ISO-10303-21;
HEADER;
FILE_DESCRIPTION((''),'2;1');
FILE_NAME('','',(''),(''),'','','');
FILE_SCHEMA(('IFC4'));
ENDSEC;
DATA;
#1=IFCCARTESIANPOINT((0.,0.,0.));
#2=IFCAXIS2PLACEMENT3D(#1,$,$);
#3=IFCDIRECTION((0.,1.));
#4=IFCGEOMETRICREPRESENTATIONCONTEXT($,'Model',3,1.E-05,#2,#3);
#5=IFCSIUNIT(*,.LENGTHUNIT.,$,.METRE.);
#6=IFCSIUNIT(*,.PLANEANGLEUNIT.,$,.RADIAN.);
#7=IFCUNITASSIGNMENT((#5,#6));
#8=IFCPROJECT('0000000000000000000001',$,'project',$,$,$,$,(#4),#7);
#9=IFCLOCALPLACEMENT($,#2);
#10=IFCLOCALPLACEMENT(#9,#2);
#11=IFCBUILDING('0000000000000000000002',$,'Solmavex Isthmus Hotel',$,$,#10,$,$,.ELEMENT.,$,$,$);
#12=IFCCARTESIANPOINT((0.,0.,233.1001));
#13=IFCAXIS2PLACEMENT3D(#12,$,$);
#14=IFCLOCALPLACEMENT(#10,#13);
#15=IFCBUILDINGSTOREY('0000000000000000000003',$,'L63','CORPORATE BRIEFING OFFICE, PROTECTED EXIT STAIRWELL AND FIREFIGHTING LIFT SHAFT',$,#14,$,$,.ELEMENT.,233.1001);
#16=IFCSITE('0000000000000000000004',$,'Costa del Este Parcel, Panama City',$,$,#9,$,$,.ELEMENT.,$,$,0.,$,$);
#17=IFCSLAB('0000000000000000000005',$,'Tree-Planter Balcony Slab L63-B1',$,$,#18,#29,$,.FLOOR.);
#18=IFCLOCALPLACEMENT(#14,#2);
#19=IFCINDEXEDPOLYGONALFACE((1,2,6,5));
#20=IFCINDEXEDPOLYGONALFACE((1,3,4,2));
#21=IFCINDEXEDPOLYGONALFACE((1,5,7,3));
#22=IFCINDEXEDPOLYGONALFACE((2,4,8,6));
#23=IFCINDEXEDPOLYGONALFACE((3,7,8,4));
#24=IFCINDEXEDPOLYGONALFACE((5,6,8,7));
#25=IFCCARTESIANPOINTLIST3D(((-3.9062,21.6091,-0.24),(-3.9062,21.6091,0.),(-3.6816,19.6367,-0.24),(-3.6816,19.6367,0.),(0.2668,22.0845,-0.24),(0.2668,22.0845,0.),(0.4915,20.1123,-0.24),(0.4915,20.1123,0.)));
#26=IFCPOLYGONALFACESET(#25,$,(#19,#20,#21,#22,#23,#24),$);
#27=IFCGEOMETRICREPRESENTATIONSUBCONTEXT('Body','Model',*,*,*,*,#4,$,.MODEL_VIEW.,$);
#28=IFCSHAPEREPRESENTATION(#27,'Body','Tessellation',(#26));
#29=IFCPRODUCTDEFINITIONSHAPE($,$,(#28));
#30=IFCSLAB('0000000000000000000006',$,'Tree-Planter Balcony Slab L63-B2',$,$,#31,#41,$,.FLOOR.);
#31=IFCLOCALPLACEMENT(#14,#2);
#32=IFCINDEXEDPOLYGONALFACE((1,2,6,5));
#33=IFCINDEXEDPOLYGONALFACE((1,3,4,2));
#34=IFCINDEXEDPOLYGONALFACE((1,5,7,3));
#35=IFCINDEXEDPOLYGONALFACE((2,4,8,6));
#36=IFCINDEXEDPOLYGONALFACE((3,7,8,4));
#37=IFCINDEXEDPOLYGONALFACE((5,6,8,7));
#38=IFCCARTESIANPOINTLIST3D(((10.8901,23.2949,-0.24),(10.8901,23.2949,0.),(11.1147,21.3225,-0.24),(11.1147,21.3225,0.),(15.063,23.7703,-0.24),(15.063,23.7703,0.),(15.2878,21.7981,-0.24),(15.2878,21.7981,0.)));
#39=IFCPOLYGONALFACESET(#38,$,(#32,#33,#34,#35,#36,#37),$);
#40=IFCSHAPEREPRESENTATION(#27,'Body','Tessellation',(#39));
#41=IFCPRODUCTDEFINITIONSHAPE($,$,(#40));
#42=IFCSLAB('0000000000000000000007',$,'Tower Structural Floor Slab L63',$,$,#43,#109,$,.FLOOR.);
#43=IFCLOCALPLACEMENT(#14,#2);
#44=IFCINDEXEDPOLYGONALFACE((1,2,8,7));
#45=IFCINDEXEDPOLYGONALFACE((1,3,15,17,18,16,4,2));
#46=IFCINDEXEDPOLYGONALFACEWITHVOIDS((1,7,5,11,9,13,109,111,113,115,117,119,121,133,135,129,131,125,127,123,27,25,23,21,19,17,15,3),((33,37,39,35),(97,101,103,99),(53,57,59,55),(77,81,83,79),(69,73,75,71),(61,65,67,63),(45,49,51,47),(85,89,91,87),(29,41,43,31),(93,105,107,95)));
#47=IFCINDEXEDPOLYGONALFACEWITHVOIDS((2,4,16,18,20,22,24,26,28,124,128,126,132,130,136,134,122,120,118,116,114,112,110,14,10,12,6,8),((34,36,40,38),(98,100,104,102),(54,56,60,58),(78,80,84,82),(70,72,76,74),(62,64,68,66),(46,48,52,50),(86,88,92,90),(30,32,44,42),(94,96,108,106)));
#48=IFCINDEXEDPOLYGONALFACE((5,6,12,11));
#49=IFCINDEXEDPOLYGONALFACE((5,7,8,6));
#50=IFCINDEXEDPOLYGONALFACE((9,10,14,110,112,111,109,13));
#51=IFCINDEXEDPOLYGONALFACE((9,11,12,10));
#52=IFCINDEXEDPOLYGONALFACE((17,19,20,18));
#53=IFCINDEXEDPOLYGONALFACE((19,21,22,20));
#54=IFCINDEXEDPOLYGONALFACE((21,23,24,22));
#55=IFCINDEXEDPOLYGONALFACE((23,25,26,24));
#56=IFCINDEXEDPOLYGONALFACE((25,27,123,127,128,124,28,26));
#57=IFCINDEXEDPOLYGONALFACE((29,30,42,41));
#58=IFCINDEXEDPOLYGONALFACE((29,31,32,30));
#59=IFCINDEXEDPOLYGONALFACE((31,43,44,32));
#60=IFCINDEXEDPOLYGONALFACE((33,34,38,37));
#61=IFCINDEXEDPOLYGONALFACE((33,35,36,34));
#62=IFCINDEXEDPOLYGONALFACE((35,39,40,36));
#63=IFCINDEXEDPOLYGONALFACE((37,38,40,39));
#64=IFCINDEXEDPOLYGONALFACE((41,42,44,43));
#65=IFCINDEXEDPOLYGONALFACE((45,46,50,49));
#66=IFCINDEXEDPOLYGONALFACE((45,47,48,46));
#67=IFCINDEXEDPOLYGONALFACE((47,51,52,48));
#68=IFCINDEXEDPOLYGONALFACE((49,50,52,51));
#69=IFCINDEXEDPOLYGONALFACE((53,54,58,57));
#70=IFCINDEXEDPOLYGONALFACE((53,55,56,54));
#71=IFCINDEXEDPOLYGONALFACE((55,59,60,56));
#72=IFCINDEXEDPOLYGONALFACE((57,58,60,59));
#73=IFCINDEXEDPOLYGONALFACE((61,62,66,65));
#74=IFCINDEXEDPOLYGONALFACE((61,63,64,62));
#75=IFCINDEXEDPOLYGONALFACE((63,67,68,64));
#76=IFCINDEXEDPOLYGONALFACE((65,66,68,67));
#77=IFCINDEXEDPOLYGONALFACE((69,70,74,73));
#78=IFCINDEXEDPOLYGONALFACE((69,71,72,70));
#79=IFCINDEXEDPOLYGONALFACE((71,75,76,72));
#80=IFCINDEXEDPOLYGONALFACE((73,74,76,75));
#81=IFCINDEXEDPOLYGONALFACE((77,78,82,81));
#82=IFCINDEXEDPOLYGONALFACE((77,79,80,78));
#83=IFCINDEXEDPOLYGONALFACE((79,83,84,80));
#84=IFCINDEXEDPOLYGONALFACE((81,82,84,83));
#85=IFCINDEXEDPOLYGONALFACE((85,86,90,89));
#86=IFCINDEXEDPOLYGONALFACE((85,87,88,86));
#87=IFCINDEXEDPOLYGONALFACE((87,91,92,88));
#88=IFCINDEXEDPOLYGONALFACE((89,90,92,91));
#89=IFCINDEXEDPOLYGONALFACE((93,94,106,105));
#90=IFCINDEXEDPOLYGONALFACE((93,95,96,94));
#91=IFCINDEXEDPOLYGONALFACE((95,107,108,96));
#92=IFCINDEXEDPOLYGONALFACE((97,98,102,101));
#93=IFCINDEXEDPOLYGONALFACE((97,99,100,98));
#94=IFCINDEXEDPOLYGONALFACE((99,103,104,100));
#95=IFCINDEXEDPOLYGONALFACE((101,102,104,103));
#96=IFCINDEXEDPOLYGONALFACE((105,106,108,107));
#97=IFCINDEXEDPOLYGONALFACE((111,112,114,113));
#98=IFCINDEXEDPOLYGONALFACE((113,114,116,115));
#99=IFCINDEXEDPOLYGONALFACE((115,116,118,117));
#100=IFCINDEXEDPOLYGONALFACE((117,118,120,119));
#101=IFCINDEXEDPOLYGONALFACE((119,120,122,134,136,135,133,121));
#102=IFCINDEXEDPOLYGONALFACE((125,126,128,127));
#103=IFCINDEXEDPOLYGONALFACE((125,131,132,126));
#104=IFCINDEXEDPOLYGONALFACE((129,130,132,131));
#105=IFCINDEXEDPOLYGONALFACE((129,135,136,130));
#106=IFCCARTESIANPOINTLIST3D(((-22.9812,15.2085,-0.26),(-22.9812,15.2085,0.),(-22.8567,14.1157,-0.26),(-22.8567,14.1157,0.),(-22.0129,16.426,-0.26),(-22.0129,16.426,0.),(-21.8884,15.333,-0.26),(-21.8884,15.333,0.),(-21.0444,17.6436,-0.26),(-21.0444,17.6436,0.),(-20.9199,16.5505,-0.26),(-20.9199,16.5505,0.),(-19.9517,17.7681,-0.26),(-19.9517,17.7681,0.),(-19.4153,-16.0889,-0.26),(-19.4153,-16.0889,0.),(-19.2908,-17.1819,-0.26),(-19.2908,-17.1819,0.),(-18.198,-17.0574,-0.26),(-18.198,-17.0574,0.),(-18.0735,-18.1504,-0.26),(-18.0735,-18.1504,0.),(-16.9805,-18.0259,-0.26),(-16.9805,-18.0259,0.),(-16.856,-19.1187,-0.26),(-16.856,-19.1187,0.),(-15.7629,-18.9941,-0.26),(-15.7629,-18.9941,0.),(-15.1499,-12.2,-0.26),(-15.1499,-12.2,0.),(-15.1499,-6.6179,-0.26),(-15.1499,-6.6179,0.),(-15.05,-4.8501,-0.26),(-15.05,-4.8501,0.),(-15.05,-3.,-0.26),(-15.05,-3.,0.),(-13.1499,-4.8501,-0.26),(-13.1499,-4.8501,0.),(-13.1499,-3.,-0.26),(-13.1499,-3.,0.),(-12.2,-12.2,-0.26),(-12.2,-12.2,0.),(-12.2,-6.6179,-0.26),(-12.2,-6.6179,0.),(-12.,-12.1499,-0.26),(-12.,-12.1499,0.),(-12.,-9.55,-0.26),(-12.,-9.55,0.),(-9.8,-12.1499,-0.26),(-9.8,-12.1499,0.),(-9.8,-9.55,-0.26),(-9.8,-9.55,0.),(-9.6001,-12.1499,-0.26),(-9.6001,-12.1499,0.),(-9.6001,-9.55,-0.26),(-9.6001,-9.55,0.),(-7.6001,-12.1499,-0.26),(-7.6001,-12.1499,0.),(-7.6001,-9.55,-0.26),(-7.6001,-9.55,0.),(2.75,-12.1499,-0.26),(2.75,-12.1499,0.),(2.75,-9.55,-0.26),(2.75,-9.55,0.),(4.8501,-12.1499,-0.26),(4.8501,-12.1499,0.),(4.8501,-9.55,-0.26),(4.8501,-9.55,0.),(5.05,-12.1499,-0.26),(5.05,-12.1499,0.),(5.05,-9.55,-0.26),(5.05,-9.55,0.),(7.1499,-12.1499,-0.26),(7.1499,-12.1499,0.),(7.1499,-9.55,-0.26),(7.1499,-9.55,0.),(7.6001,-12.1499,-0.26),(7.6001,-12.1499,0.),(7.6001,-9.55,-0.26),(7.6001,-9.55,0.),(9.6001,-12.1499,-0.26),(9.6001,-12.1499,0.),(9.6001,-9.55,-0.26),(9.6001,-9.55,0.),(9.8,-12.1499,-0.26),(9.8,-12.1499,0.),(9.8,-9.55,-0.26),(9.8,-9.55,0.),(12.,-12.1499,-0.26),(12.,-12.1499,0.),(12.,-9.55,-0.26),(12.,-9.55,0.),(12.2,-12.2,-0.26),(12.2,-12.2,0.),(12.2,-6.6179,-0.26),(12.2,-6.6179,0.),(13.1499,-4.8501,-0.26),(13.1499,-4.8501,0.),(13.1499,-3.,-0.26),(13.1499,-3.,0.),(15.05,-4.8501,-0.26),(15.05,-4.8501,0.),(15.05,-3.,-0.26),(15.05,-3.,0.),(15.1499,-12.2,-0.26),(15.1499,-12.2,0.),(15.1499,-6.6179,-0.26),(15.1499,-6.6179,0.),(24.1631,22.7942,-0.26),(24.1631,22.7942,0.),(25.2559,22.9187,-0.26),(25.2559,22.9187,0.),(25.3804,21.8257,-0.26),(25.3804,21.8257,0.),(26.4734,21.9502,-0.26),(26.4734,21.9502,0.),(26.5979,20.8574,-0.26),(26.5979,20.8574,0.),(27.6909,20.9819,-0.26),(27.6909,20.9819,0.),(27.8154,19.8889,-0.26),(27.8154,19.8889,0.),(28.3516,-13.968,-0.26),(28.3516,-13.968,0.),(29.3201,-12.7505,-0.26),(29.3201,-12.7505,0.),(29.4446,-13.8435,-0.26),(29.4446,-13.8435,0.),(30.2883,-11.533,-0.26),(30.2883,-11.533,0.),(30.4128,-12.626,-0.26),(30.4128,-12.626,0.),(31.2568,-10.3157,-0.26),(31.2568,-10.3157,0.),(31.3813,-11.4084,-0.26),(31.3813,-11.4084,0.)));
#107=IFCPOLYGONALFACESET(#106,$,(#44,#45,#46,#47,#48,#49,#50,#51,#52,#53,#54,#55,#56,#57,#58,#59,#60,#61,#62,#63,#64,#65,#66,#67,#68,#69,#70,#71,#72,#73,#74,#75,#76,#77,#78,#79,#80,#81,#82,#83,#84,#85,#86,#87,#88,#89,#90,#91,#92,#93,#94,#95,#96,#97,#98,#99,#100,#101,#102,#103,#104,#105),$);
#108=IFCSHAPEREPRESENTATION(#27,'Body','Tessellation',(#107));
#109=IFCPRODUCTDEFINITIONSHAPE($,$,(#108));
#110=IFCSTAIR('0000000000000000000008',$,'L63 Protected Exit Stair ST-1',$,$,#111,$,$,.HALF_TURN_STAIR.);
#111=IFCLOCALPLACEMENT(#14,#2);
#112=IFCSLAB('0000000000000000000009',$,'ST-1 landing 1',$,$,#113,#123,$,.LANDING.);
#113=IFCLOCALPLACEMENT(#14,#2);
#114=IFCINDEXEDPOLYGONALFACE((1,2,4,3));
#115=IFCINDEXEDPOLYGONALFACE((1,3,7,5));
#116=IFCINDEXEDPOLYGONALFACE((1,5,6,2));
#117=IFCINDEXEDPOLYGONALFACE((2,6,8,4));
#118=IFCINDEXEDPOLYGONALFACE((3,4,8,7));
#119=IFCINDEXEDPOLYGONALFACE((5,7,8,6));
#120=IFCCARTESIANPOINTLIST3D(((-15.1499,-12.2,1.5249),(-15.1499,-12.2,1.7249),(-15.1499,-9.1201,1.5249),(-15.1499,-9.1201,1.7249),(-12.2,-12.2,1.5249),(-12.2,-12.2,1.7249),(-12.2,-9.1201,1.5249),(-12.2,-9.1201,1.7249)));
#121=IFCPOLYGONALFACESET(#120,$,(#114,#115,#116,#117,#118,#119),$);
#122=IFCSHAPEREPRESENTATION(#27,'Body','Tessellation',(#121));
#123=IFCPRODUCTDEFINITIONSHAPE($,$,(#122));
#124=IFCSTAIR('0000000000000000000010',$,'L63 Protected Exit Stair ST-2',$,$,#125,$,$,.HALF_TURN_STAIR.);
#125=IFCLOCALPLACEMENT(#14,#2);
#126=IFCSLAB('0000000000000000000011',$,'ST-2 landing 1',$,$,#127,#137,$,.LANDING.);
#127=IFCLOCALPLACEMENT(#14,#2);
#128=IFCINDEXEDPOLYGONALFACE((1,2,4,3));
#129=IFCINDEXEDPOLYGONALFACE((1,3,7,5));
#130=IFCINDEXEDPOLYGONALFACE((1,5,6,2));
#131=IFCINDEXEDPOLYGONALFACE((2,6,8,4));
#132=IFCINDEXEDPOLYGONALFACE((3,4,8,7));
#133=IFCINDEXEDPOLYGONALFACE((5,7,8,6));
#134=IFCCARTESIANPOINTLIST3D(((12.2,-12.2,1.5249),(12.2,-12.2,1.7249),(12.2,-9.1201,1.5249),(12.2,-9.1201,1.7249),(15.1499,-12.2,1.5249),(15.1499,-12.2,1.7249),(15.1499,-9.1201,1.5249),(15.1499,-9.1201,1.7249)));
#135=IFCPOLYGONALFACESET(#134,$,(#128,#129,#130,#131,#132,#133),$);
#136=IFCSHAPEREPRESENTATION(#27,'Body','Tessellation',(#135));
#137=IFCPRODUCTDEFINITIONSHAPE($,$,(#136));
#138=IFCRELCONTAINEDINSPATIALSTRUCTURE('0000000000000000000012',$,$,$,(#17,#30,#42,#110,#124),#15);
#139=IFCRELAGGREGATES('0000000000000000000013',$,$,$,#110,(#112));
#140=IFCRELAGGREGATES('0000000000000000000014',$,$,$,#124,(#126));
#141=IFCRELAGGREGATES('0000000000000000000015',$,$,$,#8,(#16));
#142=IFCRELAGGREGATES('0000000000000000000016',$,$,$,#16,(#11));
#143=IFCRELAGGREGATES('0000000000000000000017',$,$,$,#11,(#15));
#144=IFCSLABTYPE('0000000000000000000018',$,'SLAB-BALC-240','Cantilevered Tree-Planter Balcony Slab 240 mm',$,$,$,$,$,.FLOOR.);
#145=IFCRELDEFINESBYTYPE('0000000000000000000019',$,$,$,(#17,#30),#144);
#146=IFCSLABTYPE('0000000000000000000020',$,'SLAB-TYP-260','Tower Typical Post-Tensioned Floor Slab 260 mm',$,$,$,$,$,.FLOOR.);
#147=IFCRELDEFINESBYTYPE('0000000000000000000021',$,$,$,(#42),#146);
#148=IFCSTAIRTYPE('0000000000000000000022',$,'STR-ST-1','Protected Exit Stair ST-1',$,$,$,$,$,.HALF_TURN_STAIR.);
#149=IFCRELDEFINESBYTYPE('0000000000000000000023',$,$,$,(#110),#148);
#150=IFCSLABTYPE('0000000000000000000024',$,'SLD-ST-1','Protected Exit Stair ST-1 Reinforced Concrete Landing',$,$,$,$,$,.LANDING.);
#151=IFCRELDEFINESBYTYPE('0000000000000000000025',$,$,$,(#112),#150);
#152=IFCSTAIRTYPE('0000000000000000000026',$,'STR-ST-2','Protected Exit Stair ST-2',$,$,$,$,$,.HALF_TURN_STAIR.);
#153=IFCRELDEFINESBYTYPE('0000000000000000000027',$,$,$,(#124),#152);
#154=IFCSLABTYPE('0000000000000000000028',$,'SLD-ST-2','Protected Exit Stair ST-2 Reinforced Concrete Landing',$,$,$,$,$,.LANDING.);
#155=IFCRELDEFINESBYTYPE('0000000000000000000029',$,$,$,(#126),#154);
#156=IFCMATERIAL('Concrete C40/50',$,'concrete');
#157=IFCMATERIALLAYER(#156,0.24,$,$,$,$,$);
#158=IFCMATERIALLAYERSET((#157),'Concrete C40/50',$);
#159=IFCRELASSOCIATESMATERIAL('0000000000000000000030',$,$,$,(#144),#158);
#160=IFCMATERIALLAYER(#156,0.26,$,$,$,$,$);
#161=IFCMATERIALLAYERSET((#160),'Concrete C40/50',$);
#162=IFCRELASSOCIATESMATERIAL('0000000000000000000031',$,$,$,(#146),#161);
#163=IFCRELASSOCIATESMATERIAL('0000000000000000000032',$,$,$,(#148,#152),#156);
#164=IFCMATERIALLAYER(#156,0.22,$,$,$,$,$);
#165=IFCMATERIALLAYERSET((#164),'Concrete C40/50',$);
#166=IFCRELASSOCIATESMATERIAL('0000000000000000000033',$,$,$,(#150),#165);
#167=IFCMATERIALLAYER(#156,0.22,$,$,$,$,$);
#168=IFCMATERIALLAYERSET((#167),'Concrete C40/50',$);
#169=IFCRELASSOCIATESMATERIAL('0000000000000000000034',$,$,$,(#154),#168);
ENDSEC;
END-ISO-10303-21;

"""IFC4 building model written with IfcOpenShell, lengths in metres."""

from ifc_helpers import new_model, si_unit, direction, frame, origin, place, context, subcontext, project, spatial, polyline, outline, extrude, material, layer, layer_set, type_object, element, aggregate, save


model = new_model("IFC4")

# Units and contexts
model_context = context("Model", 3, precision=1e-05, world=origin(), true_north=direction((0.0, 1.0)))
body_context = subcontext(model_context, "Body", "Model", "MODEL_VIEW")
ifc_project = project(units=[si_unit("LENGTHUNIT", "METRE"), si_unit("PLANEANGLEUNIT", "RADIAN")], contexts=[model_context])

# Site, building, storey
site_placement = place(None, origin())
site = spatial("IfcSite", under=ifc_project, at=site_placement, Name="Costa del Este Parcel, Panama City", CompositionType="ELEMENT", RefElevation=0.0)
building_placement = place(site_placement, origin())
building = spatial("IfcBuilding", under=site, at=building_placement, Name="Solmavex Isthmus Hotel", CompositionType="ELEMENT")
storey_placement = place(building_placement, frame((0.0, 0.0, 233.1001)))
storey = spatial("IfcBuildingStorey", under=building, at=storey_placement, Name="L63", Description="CORPORATE BRIEFING OFFICE, PROTECTED EXIT STAIRWELL AND FIREFIGHTING LIFT SHAFT", CompositionType="ELEMENT", Elevation=233.1001)

# Slabs
ifc_material_1 = material(Name="Concrete C40/50", Category="concrete")
ifc_layer_1 = layer(ifc_material_1, 0.24)
ifc_layer_set_1 = layer_set([ifc_layer_1], Name="Concrete C40/50")
slab_type_1 = type_object("IfcSlabType", Name="SLAB-BALC-240", Description="Cantilevered Tree-Planter Balcony Slab 240 mm", PredefinedType="FLOOR", material=ifc_layer_set_1)
slab_1_placement = place(storey_placement, frame((0.0, 0.0, -0.24)))
element("IfcSlab", 1, at=slab_1_placement, inside=storey, type_object=slab_type_1, Name="Tree-Planter Balcony Slab L63-B1", PredefinedType="FLOOR", context=body_context, shape_type="SweptSolid", body=[
    extrude(outline(polyline([(-3.6816, 19.6367), (0.4915, 20.1123), (0.2668, 22.0845), (-3.9062, 21.6091), (-3.6816, 19.6367)])), origin(), (0.0, 0.0, 1.0), 0.24),
])
slab_2_placement = place(storey_placement, frame((0.0, 0.0, -0.24)))
element("IfcSlab", 2, at=slab_2_placement, inside=storey, type_object=slab_type_1, Name="Tree-Planter Balcony Slab L63-B2", PredefinedType="FLOOR", context=body_context, shape_type="SweptSolid", body=[
    extrude(outline(polyline([(11.1147, 21.3225), (15.2878, 21.7981), (15.063, 23.7703), (10.8901, 23.2949), (11.1147, 21.3225)])), origin(), (0.0, 0.0, 1.0), 0.24),
])
ifc_layer_2 = layer(ifc_material_1, 0.26)
ifc_layer_set_2 = layer_set([ifc_layer_2], Name="Concrete C40/50")
slab_type_2 = type_object("IfcSlabType", Name="SLAB-TYP-260", Description="Tower Typical Post-Tensioned Floor Slab 260 mm", PredefinedType="FLOOR", material=ifc_layer_set_2)
slab_3_placement = place(storey_placement, frame((0.0, 0.0, -0.26)))
element("IfcSlab", 3, at=slab_3_placement, inside=storey, type_object=slab_type_2, Name="Tower Structural Floor Slab L63", PredefinedType="FLOOR", context=body_context, shape_type="SweptSolid", body=[
    extrude(outline(polyline([(-15.7629, -18.9941), (28.3516, -13.968), (29.4446, -13.8435), (29.3201, -12.7505), (30.4128, -12.626), (30.2883, -11.533), (31.3813, -11.4084), (31.2568, -10.3157), (27.8154, 19.8889), (27.6909, 20.9819), (26.5979, 20.8574), (26.4734, 21.9502), (25.3804, 21.8257), (25.2559, 22.9187), (24.1631, 22.7942), (-19.9517, 17.7681), (-21.0444, 17.6436), (-20.9199, 16.5505), (-22.0129, 16.426), (-21.8884, 15.333), (-22.9812, 15.2085), (-22.8567, 14.1157), (-19.4153, -16.0889), (-19.2908, -17.1819), (-18.198, -17.0574), (-18.0735, -18.1504), (-16.9805, -18.0259), (-16.856, -19.1187), (-15.7629, -18.9941)]), holes=[polyline([(-15.1499, -6.6179), (-15.1499, -12.2), (-12.2, -12.2), (-12.2, -6.6179), (-15.1499, -6.6179)]), polyline([(12.2, -6.6179), (12.2, -12.2), (15.1499, -12.2), (15.1499, -6.6179), (12.2, -6.6179)]), polyline([(-12.0, -12.1499), (-9.8, -12.1499), (-9.8, -9.55), (-12.0, -9.55), (-12.0, -12.1499)]), polyline([(9.8, -12.1499), (12.0, -12.1499), (12.0, -9.55), (9.8, -9.55), (9.8, -12.1499)]), polyline([(-9.6001, -12.1499), (-7.6001, -12.1499), (-7.6001, -9.55), (-9.6001, -9.55), (-9.6001, -12.1499)]), polyline([(7.6001, -12.1499), (9.6001, -12.1499), (9.6001, -9.55), (7.6001, -9.55), (7.6001, -12.1499)]), polyline([(2.75, -12.1499), (4.8501, -12.1499), (4.8501, -9.55), (2.75, -9.55), (2.75, -12.1499)]), polyline([(5.05, -12.1499), (7.1499, -12.1499), (7.1499, -9.55), (5.05, -9.55), (5.05, -12.1499)]), polyline([(-15.05, -4.8501), (-13.1499, -4.8501), (-13.1499, -3.0), (-15.05, -3.0), (-15.05, -4.8501)]), polyline([(13.1499, -4.8501), (15.05, -4.8501), (15.05, -3.0), (13.1499, -3.0), (13.1499, -4.8501)])]), origin(), (0.0, 0.0, 1.0), 0.26),
])

# Stairs, slabs
stair_type_1 = type_object("IfcStairType", Name="STR-ST-1", Description="Protected Exit Stair ST-1", PredefinedType="HALF_TURN_STAIR", material=ifc_material_1)
stair_1_placement = place(storey_placement, origin())
stair_1 = element("IfcStair", 4, at=stair_1_placement, inside=storey, type_object=stair_type_1, Name="L63 Protected Exit Stair ST-1", PredefinedType="HALF_TURN_STAIR")
ifc_layer_3 = layer(ifc_material_1, 0.22)
ifc_layer_set_3 = layer_set([ifc_layer_3], Name="Concrete C40/50")
slab_type_3 = type_object("IfcSlabType", Name="SLD-ST-1", Description="Protected Exit Stair ST-1 Reinforced Concrete Landing", PredefinedType="LANDING", material=ifc_layer_set_3)
slab_4_placement = place(storey_placement, frame((0.0, 0.0, 1.5249)))
slab_4 = element("IfcSlab", 5, at=slab_4_placement, type_object=slab_type_3, Name="ST-1 landing 1", PredefinedType="LANDING", context=body_context, shape_type="SweptSolid", body=[
    extrude(outline(polyline([(-15.1499, -9.1201), (-15.1499, -12.2), (-12.2, -12.2), (-12.2, -9.1201), (-15.1499, -9.1201)])), origin(), (0.0, 0.0, 1.0), 0.2),
])
aggregate(stair_1, [slab_4])
stair_type_2 = type_object("IfcStairType", Name="STR-ST-2", Description="Protected Exit Stair ST-2", PredefinedType="HALF_TURN_STAIR", material=ifc_material_1)
stair_2_placement = place(storey_placement, origin())
stair_2 = element("IfcStair", 6, at=stair_2_placement, inside=storey, type_object=stair_type_2, Name="L63 Protected Exit Stair ST-2", PredefinedType="HALF_TURN_STAIR")
ifc_layer_4 = layer(ifc_material_1, 0.22)
ifc_layer_set_4 = layer_set([ifc_layer_4], Name="Concrete C40/50")
slab_type_4 = type_object("IfcSlabType", Name="SLD-ST-2", Description="Protected Exit Stair ST-2 Reinforced Concrete Landing", PredefinedType="LANDING", material=ifc_layer_set_4)
slab_5_placement = place(storey_placement, frame((0.0, 0.0, 1.5249)))
slab_5 = element("IfcSlab", 7, at=slab_5_placement, type_object=slab_type_4, Name="ST-2 landing 1", PredefinedType="LANDING", context=body_context, shape_type="SweptSolid", body=[
    extrude(outline(polyline([(12.2, -9.1201), (12.2, -12.2), (15.1499, -12.2), (15.1499, -9.1201), (12.2, -9.1201)])), origin(), (0.0, 0.0, 1.0), 0.2),
])
aggregate(stair_2, [slab_5])

save(model, "model.ifc")
